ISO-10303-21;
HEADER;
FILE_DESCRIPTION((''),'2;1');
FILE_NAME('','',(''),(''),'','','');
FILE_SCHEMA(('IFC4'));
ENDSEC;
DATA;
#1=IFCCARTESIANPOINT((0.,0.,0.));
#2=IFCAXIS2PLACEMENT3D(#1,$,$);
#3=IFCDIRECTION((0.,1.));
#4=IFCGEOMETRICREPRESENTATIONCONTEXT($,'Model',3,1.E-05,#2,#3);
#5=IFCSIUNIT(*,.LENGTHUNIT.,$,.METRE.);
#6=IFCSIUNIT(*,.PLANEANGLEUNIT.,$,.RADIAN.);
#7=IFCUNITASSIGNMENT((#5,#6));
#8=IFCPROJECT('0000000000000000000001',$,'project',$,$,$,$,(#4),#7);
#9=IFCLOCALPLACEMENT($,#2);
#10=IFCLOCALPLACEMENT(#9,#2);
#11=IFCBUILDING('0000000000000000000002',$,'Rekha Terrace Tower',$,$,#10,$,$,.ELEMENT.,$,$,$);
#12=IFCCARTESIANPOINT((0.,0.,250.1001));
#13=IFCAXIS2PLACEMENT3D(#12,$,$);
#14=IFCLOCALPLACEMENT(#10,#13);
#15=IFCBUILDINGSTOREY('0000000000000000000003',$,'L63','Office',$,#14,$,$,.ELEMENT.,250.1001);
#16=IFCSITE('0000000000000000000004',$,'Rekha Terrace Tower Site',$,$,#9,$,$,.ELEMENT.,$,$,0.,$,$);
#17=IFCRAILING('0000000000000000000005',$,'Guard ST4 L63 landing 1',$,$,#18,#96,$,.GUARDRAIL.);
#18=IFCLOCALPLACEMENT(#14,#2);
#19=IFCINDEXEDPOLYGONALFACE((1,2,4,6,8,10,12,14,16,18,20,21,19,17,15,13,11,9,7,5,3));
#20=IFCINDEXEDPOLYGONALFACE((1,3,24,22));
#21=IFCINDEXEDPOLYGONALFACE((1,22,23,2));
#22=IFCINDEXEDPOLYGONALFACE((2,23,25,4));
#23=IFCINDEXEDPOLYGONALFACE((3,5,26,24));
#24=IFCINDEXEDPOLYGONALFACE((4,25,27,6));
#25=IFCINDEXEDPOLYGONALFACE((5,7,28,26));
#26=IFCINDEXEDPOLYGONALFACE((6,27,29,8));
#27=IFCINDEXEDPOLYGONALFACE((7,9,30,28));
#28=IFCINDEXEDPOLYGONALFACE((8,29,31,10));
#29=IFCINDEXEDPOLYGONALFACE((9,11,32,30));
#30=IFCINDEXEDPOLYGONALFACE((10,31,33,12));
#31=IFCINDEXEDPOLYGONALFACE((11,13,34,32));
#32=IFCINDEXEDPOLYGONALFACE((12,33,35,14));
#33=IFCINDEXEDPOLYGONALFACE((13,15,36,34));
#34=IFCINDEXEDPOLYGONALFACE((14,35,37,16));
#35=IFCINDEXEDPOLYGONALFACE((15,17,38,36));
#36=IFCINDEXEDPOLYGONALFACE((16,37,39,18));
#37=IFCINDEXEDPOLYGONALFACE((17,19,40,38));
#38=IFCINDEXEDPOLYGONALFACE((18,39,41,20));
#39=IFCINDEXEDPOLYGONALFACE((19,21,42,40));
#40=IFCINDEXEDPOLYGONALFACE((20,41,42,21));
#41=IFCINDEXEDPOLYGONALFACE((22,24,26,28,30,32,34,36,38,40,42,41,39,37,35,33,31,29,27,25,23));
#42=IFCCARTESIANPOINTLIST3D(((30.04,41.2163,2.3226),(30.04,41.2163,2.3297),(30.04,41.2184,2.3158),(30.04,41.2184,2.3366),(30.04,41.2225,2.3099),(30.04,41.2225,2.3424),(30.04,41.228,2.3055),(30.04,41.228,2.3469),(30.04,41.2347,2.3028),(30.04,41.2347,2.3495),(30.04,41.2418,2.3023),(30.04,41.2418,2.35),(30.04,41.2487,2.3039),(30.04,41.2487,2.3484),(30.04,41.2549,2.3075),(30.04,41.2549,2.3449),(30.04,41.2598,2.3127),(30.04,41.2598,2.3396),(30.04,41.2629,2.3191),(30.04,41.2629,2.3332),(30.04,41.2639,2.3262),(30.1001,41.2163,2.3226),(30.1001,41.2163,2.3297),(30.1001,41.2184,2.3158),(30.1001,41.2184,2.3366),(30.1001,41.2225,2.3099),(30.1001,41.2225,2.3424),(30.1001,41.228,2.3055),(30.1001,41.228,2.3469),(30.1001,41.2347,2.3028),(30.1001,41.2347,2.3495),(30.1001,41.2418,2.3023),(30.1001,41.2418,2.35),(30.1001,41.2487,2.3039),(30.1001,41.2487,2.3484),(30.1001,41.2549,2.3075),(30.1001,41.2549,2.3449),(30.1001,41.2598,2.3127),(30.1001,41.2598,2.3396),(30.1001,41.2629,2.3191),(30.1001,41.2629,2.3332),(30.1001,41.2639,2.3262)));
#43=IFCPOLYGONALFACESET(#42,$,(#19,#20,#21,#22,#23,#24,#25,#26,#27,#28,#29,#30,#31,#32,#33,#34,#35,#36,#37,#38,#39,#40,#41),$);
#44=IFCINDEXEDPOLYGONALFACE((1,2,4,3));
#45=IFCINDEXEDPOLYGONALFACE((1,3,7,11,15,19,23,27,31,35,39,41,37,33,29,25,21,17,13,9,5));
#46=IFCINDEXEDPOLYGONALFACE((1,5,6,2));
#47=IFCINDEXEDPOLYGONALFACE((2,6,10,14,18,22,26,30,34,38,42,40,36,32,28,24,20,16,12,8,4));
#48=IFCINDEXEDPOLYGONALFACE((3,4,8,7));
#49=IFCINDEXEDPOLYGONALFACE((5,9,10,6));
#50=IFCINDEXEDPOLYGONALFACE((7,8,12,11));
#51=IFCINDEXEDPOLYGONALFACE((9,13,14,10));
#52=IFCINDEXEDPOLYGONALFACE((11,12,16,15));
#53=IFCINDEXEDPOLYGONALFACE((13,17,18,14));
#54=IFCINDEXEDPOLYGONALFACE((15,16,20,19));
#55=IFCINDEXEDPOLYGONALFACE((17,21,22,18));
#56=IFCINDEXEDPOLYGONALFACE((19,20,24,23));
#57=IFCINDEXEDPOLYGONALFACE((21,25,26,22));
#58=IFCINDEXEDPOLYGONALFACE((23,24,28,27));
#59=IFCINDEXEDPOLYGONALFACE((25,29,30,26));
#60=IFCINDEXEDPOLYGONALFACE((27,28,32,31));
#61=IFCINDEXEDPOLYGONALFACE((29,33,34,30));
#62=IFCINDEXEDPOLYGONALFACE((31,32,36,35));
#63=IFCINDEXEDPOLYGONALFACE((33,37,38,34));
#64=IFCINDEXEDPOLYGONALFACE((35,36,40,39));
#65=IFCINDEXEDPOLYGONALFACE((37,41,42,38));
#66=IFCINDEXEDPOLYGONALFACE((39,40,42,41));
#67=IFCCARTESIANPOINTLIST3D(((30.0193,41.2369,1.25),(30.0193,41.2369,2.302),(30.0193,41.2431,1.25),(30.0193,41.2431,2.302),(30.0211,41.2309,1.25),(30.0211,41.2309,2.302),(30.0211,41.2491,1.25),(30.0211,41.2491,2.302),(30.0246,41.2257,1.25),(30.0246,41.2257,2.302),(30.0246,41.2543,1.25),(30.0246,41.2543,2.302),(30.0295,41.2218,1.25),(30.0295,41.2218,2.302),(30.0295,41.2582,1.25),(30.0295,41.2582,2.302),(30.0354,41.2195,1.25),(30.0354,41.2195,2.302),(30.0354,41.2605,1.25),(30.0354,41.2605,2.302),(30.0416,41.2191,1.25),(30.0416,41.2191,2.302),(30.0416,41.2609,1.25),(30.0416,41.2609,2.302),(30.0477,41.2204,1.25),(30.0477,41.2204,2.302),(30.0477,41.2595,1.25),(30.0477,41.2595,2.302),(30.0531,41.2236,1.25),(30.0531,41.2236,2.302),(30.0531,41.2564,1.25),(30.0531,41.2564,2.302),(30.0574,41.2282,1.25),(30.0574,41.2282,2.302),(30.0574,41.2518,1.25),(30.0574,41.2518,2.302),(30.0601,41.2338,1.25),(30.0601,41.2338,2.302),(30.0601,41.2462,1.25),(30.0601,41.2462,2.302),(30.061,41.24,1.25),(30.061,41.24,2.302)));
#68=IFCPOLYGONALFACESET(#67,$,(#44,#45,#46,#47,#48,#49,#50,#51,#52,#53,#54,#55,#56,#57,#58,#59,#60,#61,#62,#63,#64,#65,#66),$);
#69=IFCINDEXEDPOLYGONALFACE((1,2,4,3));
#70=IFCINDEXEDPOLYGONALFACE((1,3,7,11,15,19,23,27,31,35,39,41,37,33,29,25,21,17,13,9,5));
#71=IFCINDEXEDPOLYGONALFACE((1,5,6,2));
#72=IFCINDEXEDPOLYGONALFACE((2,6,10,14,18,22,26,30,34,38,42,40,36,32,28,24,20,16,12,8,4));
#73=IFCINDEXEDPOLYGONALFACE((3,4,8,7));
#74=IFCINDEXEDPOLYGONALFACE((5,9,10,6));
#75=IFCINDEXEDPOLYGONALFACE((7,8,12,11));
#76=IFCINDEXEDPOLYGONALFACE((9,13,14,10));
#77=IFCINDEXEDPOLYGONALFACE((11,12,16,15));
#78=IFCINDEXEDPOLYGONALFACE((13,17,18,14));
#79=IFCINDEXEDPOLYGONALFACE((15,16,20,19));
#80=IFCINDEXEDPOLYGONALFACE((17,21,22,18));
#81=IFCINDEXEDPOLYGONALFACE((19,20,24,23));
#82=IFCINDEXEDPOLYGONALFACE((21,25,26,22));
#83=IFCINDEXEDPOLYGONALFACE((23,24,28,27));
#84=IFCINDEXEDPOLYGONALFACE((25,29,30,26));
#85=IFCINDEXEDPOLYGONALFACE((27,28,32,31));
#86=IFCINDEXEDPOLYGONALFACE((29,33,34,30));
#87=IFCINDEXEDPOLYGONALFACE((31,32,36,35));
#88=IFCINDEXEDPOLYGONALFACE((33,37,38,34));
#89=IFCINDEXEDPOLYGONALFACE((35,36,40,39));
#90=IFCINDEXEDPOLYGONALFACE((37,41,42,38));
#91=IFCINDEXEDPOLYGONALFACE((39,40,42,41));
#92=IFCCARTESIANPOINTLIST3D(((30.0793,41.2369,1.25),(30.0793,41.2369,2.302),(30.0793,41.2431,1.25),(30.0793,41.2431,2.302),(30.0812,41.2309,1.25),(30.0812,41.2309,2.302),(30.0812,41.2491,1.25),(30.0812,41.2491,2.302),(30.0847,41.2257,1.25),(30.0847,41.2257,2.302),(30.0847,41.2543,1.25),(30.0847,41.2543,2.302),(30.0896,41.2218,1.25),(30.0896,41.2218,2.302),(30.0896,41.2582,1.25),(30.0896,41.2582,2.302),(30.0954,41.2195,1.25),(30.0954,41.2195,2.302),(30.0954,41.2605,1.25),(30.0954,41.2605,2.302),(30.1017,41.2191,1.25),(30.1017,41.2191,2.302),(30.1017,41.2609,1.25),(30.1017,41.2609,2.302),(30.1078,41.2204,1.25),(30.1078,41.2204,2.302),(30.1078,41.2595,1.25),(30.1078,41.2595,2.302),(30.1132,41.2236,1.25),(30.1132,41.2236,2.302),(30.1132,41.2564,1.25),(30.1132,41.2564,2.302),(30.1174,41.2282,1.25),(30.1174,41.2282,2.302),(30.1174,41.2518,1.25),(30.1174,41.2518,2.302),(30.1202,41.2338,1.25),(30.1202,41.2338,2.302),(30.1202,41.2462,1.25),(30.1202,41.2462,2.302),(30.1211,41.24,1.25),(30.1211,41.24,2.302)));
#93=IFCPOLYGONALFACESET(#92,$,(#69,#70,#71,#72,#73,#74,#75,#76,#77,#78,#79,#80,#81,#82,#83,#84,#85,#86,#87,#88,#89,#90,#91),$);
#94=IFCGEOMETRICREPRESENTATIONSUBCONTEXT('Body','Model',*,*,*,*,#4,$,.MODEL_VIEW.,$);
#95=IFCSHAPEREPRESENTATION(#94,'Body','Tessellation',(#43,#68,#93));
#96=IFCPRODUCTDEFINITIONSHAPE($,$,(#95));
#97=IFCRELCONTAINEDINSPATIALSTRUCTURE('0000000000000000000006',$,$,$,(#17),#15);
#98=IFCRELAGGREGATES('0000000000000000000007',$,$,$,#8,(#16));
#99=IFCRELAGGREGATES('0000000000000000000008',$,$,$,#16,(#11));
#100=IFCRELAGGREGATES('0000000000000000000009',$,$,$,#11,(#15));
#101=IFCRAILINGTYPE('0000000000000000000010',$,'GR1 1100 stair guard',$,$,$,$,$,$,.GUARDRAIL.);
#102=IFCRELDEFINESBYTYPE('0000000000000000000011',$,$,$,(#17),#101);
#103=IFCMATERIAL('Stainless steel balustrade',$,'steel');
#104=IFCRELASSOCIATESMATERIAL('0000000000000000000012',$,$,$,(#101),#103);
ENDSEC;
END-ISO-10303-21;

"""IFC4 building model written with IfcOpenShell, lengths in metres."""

from ifc_helpers import new_model, si_unit, direction, frame, origin, origin_2d, place, context, subcontext, project, spatial, circle, extrude, material, type_object, element, save


model = new_model("IFC4")

# Units and contexts
model_context = context("Model", 3, precision=1e-05, world=origin(), true_north=direction((0.0, 1.0)))
body_context = subcontext(model_context, "Body", "Model", "MODEL_VIEW")
ifc_project = project(units=[si_unit("LENGTHUNIT", "METRE"), si_unit("PLANEANGLEUNIT", "RADIAN")], contexts=[model_context])

# Site, building, storey
site_placement = place(None, origin())
site = spatial("IfcSite", under=ifc_project, at=site_placement, Name="Rekha Terrace Tower Site", CompositionType="ELEMENT", RefElevation=0.0)
building_placement = place(site_placement, origin())
building = spatial("IfcBuilding", under=site, at=building_placement, Name="Rekha Terrace Tower", CompositionType="ELEMENT")
storey_placement = place(building_placement, frame((0.0, 0.0, 250.1001)))
storey = spatial("IfcBuildingStorey", under=building, at=storey_placement, Name="L63", Description="Office", CompositionType="ELEMENT", Elevation=250.1001)

# Railing
ifc_material_1 = material(Name="Stainless steel balustrade", Category="steel")
railing_type_1 = type_object("IfcRailingType", Name="GR1 1100 stair guard", PredefinedType="GUARDRAIL", material=ifc_material_1)
railing_1_placement = place(storey_placement, frame((30.04, 41.24, 1.25)))
element("IfcRailing", 1, at=railing_1_placement, inside=storey, type_object=railing_type_1, Name="Guard ST4 L63 landing 1", PredefinedType="GUARDRAIL", context=body_context, shape_type="SweptSolid", body=[
    extrude(circle(Radius=0.0239, at=origin_2d()), frame((0.0, 0.0, 1.0762), z_axis=(1.0, 0.0, 0.0), x_axis=(0.0, 1.0, 0.0)), (0.0, 0.0, 1.0), 0.0601),
    extrude(circle(Radius=0.021, at=origin_2d()), origin(), (0.0, 0.0, 1.0), 1.052),
    extrude(circle(Radius=0.021, at=origin_2d()), frame((0.0601, 0.0, 0.0)), (0.0, 0.0, 1.0), 1.052),
])

save(model, "model.ifc")
